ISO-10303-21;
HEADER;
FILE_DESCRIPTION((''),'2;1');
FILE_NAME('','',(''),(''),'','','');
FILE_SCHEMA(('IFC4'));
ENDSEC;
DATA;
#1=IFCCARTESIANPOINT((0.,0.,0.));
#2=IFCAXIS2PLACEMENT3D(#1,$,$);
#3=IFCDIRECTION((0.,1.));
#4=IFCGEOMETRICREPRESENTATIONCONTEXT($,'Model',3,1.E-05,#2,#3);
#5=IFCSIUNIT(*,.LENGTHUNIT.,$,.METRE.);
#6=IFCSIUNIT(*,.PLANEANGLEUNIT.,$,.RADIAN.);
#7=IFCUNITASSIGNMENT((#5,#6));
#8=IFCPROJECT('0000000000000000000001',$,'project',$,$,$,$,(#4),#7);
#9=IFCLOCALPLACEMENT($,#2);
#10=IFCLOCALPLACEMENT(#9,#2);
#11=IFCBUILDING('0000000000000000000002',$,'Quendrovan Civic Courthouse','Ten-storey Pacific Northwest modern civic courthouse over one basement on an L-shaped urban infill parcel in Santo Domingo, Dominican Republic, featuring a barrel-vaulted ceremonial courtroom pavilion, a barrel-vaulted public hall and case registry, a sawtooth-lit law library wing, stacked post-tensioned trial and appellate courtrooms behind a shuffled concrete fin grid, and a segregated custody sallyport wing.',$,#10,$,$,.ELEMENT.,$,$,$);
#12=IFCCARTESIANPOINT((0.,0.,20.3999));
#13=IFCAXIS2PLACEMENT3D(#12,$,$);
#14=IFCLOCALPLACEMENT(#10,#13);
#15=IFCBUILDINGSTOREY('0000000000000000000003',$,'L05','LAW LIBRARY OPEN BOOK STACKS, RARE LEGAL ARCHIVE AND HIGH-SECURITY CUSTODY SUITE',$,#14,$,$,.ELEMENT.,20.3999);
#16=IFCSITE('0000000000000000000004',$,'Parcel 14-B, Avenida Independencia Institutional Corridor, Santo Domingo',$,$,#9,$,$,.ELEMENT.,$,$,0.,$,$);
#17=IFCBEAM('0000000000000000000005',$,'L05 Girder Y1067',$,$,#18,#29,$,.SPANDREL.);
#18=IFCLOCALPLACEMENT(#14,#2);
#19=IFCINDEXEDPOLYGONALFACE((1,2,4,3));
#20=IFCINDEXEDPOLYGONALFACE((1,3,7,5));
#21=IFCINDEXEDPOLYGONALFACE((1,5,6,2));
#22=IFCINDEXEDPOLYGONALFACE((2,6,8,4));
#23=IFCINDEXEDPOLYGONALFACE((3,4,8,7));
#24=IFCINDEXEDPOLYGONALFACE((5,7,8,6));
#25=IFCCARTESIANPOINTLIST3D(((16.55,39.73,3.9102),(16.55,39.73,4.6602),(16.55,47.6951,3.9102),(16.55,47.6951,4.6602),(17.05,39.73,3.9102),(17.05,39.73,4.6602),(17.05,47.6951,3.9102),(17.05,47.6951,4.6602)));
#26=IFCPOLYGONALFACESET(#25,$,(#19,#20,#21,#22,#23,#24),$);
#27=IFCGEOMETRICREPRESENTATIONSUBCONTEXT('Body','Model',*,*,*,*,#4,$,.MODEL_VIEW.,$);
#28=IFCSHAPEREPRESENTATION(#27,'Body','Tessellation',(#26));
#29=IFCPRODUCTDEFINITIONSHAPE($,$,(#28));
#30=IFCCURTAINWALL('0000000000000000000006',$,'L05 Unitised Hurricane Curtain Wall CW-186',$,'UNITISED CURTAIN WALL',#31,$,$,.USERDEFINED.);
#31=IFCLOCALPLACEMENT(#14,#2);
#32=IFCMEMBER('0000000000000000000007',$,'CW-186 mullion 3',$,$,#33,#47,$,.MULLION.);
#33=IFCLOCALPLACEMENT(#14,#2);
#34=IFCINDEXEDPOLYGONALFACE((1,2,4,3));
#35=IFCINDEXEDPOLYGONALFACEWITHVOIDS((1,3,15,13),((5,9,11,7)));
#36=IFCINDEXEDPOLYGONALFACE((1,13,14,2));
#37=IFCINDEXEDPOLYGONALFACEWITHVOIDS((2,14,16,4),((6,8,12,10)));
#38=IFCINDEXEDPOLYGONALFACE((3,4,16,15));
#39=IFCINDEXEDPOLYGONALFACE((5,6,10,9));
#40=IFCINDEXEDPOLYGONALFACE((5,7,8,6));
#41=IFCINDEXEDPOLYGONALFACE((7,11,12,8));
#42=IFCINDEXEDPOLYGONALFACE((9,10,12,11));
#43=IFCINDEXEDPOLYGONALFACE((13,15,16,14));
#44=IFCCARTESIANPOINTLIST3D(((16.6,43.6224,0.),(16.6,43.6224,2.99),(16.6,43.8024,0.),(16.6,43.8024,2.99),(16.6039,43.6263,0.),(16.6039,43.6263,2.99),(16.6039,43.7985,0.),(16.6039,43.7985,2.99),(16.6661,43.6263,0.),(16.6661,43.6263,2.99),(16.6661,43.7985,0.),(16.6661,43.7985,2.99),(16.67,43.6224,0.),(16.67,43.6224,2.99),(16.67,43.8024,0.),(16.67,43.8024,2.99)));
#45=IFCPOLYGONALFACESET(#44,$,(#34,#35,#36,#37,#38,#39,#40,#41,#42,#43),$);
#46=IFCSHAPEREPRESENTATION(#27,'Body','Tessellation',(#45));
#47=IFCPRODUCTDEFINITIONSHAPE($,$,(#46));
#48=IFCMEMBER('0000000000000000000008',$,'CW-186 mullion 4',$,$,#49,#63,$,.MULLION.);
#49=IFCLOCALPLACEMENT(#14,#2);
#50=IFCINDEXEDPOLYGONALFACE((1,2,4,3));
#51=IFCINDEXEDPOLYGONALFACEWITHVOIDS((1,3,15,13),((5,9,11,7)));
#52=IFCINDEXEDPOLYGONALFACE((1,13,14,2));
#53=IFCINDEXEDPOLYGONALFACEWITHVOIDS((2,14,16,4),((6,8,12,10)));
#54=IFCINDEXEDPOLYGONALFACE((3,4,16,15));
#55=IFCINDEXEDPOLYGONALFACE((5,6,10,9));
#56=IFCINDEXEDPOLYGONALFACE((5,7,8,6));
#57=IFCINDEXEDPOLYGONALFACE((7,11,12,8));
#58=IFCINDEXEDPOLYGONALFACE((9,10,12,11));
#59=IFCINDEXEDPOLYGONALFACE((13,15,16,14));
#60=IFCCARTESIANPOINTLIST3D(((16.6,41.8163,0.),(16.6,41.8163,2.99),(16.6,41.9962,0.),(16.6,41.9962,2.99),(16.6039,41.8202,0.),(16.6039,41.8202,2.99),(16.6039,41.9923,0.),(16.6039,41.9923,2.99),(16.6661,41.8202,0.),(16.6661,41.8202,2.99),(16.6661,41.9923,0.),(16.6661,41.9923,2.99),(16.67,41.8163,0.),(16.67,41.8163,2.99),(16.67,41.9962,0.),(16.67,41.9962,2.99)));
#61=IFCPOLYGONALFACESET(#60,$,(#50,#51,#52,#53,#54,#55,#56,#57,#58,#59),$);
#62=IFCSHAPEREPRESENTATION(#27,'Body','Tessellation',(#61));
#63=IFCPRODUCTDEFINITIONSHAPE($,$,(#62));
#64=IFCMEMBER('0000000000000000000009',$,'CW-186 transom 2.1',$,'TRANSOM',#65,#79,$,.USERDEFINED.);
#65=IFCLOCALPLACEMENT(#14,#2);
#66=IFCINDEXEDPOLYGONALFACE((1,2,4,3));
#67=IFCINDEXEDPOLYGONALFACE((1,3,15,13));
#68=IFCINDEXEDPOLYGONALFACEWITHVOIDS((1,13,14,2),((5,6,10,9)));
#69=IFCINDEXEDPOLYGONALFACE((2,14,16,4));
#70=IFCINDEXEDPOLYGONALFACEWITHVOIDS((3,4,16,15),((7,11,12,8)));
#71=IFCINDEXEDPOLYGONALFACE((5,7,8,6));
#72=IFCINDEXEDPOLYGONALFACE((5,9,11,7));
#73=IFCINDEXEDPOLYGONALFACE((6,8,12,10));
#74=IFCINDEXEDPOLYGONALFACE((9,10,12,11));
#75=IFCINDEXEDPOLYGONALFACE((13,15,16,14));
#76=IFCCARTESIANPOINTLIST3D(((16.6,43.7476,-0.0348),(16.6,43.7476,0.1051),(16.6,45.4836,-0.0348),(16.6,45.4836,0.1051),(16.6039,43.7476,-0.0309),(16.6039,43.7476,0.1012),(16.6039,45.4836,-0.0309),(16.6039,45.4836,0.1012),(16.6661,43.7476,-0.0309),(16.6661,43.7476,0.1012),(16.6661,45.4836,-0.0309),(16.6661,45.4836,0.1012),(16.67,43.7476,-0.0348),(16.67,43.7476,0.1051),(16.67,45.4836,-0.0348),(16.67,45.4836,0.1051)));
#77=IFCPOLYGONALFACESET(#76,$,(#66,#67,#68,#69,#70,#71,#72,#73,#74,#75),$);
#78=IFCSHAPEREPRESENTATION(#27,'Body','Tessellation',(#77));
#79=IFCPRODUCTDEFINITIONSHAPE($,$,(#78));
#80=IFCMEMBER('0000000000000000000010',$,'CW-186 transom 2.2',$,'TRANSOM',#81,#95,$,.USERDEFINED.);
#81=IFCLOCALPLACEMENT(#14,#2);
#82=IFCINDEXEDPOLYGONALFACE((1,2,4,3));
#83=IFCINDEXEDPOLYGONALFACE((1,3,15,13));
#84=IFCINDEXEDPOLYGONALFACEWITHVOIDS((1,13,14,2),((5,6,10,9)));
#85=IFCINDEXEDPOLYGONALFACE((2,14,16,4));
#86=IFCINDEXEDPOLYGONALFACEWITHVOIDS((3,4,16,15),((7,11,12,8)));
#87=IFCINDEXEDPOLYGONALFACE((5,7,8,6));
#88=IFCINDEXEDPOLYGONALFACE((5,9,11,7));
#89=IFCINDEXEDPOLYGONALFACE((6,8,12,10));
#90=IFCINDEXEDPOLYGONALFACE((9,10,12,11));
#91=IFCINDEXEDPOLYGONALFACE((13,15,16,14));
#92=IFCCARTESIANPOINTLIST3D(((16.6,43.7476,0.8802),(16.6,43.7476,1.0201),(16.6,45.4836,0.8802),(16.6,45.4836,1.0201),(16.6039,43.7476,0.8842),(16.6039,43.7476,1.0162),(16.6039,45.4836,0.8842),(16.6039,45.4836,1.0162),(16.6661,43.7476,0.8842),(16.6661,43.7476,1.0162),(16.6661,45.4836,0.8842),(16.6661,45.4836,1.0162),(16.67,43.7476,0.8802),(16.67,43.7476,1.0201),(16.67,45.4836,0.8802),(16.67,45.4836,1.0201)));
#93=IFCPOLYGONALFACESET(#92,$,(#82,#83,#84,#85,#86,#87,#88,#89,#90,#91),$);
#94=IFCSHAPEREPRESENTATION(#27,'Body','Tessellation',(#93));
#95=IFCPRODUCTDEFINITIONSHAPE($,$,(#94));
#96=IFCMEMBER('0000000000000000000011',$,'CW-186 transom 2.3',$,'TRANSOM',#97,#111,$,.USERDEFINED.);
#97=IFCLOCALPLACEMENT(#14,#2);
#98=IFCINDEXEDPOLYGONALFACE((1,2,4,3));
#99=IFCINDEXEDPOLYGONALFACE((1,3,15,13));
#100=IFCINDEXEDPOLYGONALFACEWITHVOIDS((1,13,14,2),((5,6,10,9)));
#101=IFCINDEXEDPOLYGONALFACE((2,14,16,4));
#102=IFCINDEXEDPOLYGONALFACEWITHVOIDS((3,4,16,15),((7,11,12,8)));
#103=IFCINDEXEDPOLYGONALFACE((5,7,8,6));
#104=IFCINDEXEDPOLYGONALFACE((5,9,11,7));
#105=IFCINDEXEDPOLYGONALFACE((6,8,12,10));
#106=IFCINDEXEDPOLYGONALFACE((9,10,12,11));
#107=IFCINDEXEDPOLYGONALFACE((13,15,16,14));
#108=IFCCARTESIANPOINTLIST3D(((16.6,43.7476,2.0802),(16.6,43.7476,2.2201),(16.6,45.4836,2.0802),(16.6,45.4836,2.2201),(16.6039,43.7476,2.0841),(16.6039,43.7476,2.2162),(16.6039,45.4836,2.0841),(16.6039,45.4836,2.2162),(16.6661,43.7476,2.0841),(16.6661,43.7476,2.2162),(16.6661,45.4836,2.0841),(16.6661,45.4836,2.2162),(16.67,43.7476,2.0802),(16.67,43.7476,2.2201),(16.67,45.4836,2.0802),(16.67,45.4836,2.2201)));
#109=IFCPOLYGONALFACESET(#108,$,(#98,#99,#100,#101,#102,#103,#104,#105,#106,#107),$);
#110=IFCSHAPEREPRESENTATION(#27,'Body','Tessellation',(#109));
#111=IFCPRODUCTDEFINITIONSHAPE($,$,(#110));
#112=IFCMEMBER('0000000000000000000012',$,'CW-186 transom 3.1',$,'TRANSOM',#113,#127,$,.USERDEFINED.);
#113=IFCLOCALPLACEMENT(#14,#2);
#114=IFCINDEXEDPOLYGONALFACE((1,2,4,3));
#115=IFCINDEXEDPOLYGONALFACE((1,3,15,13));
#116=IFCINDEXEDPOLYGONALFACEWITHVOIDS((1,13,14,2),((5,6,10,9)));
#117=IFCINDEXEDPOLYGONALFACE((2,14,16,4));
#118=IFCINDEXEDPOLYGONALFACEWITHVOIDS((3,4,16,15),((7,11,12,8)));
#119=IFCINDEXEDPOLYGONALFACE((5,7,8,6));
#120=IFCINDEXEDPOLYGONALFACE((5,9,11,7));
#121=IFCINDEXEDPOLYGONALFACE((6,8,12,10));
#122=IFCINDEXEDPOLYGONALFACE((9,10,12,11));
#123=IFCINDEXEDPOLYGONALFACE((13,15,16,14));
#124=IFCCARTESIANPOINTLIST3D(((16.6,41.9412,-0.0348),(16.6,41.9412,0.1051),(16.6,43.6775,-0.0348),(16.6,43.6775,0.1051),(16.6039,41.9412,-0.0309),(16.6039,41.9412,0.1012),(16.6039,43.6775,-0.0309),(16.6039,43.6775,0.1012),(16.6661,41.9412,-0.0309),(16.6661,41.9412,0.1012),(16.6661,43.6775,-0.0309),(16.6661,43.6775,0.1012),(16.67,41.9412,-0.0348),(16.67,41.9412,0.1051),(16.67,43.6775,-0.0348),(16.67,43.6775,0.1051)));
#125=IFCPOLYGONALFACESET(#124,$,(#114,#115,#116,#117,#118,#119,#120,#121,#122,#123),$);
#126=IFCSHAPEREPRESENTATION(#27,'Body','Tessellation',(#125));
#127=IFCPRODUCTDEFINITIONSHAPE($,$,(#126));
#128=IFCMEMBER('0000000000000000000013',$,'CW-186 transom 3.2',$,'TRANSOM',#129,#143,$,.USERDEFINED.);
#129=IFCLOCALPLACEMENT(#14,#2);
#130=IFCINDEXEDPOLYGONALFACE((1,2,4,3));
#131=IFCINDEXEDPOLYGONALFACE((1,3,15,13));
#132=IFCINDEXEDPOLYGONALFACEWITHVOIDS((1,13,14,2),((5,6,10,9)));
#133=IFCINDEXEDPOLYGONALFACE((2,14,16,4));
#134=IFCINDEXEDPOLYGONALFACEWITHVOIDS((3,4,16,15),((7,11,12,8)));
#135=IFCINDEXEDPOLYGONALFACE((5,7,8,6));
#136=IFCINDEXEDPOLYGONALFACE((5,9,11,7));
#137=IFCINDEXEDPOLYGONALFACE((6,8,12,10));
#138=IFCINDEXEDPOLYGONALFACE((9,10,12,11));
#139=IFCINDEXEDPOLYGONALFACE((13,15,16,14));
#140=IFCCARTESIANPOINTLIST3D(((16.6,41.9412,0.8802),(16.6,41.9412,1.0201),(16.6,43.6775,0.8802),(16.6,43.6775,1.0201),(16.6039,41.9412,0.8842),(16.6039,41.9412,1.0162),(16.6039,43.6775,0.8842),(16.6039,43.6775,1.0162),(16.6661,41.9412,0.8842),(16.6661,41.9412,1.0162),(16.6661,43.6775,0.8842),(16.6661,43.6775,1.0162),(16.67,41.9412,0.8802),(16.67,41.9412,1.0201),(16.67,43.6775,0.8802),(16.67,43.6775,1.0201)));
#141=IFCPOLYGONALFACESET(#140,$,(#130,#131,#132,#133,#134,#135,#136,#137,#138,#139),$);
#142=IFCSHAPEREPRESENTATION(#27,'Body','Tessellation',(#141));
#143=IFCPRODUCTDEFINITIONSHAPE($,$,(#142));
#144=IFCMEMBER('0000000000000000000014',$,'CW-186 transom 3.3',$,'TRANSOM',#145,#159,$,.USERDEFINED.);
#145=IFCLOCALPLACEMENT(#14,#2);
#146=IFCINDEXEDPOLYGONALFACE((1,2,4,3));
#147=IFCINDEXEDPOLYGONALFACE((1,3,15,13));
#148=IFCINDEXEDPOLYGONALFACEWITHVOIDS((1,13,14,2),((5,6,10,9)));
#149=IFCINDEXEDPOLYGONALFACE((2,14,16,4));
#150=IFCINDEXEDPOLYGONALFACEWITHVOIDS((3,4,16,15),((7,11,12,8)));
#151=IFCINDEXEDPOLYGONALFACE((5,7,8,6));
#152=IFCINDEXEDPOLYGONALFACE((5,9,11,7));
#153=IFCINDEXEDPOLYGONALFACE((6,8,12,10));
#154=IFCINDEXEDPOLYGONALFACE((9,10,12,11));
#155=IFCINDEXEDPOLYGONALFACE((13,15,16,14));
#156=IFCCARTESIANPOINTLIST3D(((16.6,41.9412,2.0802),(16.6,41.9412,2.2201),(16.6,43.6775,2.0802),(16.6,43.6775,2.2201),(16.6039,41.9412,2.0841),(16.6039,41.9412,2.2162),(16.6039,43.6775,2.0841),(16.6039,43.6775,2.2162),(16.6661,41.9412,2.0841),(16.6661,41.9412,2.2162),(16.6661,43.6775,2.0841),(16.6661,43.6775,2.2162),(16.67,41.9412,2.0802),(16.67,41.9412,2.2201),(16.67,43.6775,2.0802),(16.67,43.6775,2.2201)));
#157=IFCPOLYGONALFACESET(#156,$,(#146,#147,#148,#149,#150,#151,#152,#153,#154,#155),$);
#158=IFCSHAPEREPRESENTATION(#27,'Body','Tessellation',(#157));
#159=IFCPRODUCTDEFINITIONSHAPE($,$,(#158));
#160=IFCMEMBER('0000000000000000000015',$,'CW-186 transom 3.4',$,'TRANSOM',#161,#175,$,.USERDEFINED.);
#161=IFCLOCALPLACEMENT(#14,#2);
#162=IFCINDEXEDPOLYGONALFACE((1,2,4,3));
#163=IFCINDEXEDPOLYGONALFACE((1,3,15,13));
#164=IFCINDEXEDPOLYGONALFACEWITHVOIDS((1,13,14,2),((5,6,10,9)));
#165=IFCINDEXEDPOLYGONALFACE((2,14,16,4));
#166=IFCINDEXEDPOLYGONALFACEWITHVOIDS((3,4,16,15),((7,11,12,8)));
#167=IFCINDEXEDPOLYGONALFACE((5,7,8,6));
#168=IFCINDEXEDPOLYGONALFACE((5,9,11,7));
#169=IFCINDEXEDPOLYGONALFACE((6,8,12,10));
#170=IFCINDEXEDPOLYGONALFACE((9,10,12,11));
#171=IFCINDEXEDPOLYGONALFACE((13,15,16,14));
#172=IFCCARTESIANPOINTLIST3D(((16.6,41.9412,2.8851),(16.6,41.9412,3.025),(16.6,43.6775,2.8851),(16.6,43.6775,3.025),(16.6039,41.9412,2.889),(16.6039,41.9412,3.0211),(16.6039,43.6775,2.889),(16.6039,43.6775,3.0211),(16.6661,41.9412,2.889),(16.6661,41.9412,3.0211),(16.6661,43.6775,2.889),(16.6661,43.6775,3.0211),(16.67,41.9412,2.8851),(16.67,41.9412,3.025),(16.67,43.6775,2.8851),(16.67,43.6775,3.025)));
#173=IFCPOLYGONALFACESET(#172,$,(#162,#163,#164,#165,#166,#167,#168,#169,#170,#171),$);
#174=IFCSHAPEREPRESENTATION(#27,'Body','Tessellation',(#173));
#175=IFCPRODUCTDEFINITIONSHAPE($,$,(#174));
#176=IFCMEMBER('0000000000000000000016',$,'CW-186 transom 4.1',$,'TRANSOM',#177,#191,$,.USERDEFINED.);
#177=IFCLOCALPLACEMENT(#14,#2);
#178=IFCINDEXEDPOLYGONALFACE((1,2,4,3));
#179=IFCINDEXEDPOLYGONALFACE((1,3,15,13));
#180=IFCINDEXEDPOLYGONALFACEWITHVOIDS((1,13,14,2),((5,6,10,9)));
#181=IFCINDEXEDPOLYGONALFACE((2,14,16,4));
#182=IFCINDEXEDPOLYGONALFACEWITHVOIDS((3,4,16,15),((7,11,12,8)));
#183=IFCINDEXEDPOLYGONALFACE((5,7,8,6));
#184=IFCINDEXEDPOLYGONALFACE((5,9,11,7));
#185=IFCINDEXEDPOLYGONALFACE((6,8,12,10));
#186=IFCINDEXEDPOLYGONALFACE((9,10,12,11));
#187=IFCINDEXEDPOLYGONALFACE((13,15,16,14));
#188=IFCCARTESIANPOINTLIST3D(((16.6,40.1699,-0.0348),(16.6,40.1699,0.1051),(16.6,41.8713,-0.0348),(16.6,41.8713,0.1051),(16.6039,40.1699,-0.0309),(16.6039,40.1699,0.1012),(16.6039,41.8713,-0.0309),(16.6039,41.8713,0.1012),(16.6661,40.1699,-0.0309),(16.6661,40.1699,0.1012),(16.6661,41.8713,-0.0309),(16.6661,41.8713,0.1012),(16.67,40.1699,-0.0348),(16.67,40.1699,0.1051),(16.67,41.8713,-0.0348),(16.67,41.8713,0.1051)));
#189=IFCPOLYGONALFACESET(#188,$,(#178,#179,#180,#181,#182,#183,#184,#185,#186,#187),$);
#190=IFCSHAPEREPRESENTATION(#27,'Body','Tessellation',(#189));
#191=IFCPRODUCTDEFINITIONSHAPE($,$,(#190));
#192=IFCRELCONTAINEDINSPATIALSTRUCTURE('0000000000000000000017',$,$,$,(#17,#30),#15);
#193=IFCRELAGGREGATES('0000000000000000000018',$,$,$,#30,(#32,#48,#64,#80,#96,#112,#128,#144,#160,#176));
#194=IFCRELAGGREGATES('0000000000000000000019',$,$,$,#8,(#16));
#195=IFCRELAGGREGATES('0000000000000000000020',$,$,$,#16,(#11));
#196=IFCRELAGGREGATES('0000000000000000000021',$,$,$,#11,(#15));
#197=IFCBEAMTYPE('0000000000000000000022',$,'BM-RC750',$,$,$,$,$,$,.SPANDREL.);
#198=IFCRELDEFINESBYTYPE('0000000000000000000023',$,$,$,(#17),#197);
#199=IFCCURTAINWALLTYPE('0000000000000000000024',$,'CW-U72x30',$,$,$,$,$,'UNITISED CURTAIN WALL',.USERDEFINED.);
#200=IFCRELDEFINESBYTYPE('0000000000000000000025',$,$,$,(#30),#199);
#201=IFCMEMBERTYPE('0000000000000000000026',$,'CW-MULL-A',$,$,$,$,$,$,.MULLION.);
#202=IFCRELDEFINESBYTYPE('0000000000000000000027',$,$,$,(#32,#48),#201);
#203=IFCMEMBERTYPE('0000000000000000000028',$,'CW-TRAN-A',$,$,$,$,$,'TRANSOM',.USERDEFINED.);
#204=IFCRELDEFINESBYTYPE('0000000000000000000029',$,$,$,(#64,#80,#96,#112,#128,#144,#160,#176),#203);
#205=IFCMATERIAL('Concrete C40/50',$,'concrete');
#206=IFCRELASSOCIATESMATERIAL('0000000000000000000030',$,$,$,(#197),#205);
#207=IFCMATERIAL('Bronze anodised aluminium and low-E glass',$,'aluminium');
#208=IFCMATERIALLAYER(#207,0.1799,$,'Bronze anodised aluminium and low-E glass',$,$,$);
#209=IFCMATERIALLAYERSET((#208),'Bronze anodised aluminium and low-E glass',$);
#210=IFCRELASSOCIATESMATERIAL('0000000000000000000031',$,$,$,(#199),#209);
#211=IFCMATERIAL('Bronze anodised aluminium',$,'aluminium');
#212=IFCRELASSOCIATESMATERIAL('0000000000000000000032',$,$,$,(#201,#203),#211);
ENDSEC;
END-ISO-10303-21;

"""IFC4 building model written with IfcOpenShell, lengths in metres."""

from ifc_helpers import new_model, si_unit, direction, frame, origin, origin_2d, place, context, subcontext, project, spatial, rectangle, hollow_rectangle, extrude, material, layer, layer_set, material_profile, profile_set, type_object, element, aggregate, save


model = new_model("IFC4")

# Units and contexts
model_context = context("Model", 3, precision=1e-05, world=origin(), true_north=direction((0.0, 1.0)))
body_context = subcontext(model_context, "Body", "Model", "MODEL_VIEW")
ifc_project = project(units=[si_unit("LENGTHUNIT", "METRE"), si_unit("PLANEANGLEUNIT", "RADIAN")], contexts=[model_context])

# Site, building, storey
site_placement = place(None, origin())
site = spatial("IfcSite", under=ifc_project, at=site_placement, Name="Parcel 14-B, Avenida Independencia Institutional Corridor, Santo Domingo", CompositionType="ELEMENT", RefElevation=0.0)
building_placement = place(site_placement, origin())
building = spatial("IfcBuilding", under=site, at=building_placement, Name="Quendrovan Civic Courthouse", Description="Ten-storey Pacific Northwest modern civic courthouse over one basement on an L-shaped urban infill parcel in Santo Domingo, Dominican Republic, featuring a barrel-vaulted ceremonial courtroom pavilion, a barrel-vaulted public hall and case registry, a sawtooth-lit law library wing, stacked post-tensioned trial and appellate courtrooms behind a shuffled concrete fin grid, and a segregated custody sallyport wing.", CompositionType="ELEMENT")
storey_placement = place(building_placement, frame((0.0, 0.0, 20.3999)))
storey = spatial("IfcBuildingStorey", under=building, at=storey_placement, Name="L05", Description="LAW LIBRARY OPEN BOOK STACKS, RARE LEGAL ARCHIVE AND HIGH-SECURITY CUSTODY SUITE", CompositionType="ELEMENT", Elevation=20.3999)

# Beam
ifc_material_1 = material(Name="Concrete C40/50", Category="concrete")
ifc_material_profile_1 = material_profile(ifc_material_1, rectangle(XDim=0.5, YDim=0.75, at=origin_2d()), Name="RC-BM-500x750")
ifc_profile_set_1 = profile_set([ifc_material_profile_1], Name="Concrete C40/50")
beam_type = type_object("IfcBeamType", Name="BM-RC750", PredefinedType="SPANDREL", material=ifc_profile_set_1)
beam_placement = place(storey_placement, frame((16.8, 39.73, 4.2852), z_axis=(0.0, 1.0, 0.0), x_axis=(-1.0, 0.0, 0.0)))
element("IfcBeam", 1, at=beam_placement, inside=storey, type_object=beam_type, Name="L05 Girder Y1067", PredefinedType="SPANDREL", context=body_context, shape_type="SweptSolid", body=[
    extrude(rectangle(XDim=0.5, YDim=0.75, at=origin_2d()), origin(), (0.0, 0.0, 1.0), 7.9651),
])

# Curtain wall, members
ifc_material_2 = material(Name="Bronze anodised aluminium and low-E glass", Category="aluminium")
ifc_layer_1 = layer(ifc_material_2, 0.1799, Name="Bronze anodised aluminium and low-E glass")
ifc_layer_set_1 = layer_set([ifc_layer_1], Name="Bronze anodised aluminium and low-E glass")
curtain_wall_type = type_object("IfcCurtainWallType", Name="CW-U72x30", ElementType="UNITISED CURTAIN WALL", PredefinedType="USERDEFINED", material=ifc_layer_set_1)
curtain_wall_placement = place(storey_placement, origin())
curtain_wall = element("IfcCurtainWall", 2, at=curtain_wall_placement, inside=storey, type_object=curtain_wall_type, Name="L05 Unitised Hurricane Curtain Wall CW-186", ObjectType="UNITISED CURTAIN WALL", PredefinedType="USERDEFINED")
ifc_material_3 = material(Name="Bronze anodised aluminium", Category="aluminium")
ifc_material_profile_2 = material_profile(ifc_material_3, hollow_rectangle(XDim=0.0701, YDim=0.1799, WallThickness=0.0039, at=origin_2d()), Name="CW-MULL-70x180")
ifc_profile_set_2 = profile_set([ifc_material_profile_2], Name="Bronze anodised aluminium")
member_type_1 = type_object("IfcMemberType", Name="CW-MULL-A", PredefinedType="MULLION", material=ifc_profile_set_2)
member_1_placement = place(storey_placement, frame((16.635, 43.7124, 0.0), z_axis=(0.0, 0.0, 1.0), x_axis=(1.0, 0.0, 0.0)))
member_1 = element("IfcMember", 3, at=member_1_placement, type_object=member_type_1, Name="CW-186 mullion 3", PredefinedType="MULLION", context=body_context, shape_type="SweptSolid", body=[
    extrude(hollow_rectangle(XDim=0.0701, YDim=0.1799, WallThickness=0.0039, at=origin_2d()), origin(), (0.0, 0.0, 1.0), 2.99),
])
member_2_placement = place(storey_placement, frame((16.635, 41.9062, 0.0), z_axis=(0.0, 0.0, 1.0), x_axis=(1.0, 0.0, 0.0)))
member_2 = element("IfcMember", 4, at=member_2_placement, type_object=member_type_1, Name="CW-186 mullion 4", PredefinedType="MULLION", context=body_context, shape_type="SweptSolid", body=[
    extrude(hollow_rectangle(XDim=0.0701, YDim=0.1799, WallThickness=0.0039, at=origin_2d()), origin(), (0.0, 0.0, 1.0), 2.99),
])
ifc_material_profile_3 = material_profile(ifc_material_3, hollow_rectangle(XDim=0.0701, YDim=0.1399, WallThickness=0.0039, at=origin_2d()), Name="CW-TRAN-70x140")
ifc_profile_set_3 = profile_set([ifc_material_profile_3], Name="Bronze anodised aluminium")
member_type_2 = type_object("IfcMemberType", Name="CW-TRAN-A", ElementType="TRANSOM", PredefinedType="USERDEFINED", material=ifc_profile_set_3)
member_3_placement = place(storey_placement, frame((16.635, 45.4836, 0.0352), z_axis=(0.0, -1.0, 0.0), x_axis=(1.0, 0.0, 0.0)))
member_3 = element("IfcMember", 5, at=member_3_placement, type_object=member_type_2, Name="CW-186 transom 2.1", ObjectType="TRANSOM", PredefinedType="USERDEFINED", context=body_context, shape_type="SweptSolid", body=[
    extrude(hollow_rectangle(XDim=0.0701, YDim=0.1399, WallThickness=0.0039, at=origin_2d()), origin(), (0.0, 0.0, 1.0), 1.7361),
])
member_4_placement = place(storey_placement, frame((16.635, 45.4836, 0.9502), z_axis=(0.0, -1.0, 0.0), x_axis=(1.0, 0.0, 0.0)))
member_4 = element("IfcMember", 6, at=member_4_placement, type_object=member_type_2, Name="CW-186 transom 2.2", ObjectType="TRANSOM", PredefinedType="USERDEFINED", context=body_context, shape_type="SweptSolid", body=[
    extrude(hollow_rectangle(XDim=0.0701, YDim=0.1399, WallThickness=0.0039, at=origin_2d()), origin(), (0.0, 0.0, 1.0), 1.7361),
])
member_5_placement = place(storey_placement, frame((16.635, 45.4836, 2.1501), z_axis=(0.0, -1.0, 0.0), x_axis=(1.0, 0.0, 0.0)))
member_5 = element("IfcMember", 7, at=member_5_placement, type_object=member_type_2, Name="CW-186 transom 2.3", ObjectType="TRANSOM", PredefinedType="USERDEFINED", context=body_context, shape_type="SweptSolid", body=[
    extrude(hollow_rectangle(XDim=0.0701, YDim=0.1399, WallThickness=0.0039, at=origin_2d()), origin(), (0.0, 0.0, 1.0), 1.7361),
])
member_6_placement = place(storey_placement, frame((16.635, 43.6775, 0.0352), z_axis=(0.0, -1.0, 0.0), x_axis=(1.0, 0.0, 0.0)))
member_6 = element("IfcMember", 8, at=member_6_placement, type_object=member_type_2, Name="CW-186 transom 3.1", ObjectType="TRANSOM", PredefinedType="USERDEFINED", context=body_context, shape_type="SweptSolid", body=[
    extrude(hollow_rectangle(XDim=0.0701, YDim=0.1399, WallThickness=0.0039, at=origin_2d()), origin(), (0.0, 0.0, 1.0), 1.7363),
])
member_7_placement = place(storey_placement, frame((16.635, 43.6775, 0.9502), z_axis=(0.0, -1.0, 0.0), x_axis=(1.0, 0.0, 0.0)))
member_7 = element("IfcMember", 9, at=member_7_placement, type_object=member_type_2, Name="CW-186 transom 3.2", ObjectType="TRANSOM", PredefinedType="USERDEFINED", context=body_context, shape_type="SweptSolid", body=[
    extrude(hollow_rectangle(XDim=0.0701, YDim=0.1399, WallThickness=0.0039, at=origin_2d()), origin(), (0.0, 0.0, 1.0), 1.7363),
])
member_8_placement = place(storey_placement, frame((16.635, 43.6775, 2.1501), z_axis=(0.0, -1.0, 0.0), x_axis=(1.0, 0.0, 0.0)))
member_8 = element("IfcMember", 10, at=member_8_placement, type_object=member_type_2, Name="CW-186 transom 3.3", ObjectType="TRANSOM", PredefinedType="USERDEFINED", context=body_context, shape_type="SweptSolid", body=[
    extrude(hollow_rectangle(XDim=0.0701, YDim=0.1399, WallThickness=0.0039, at=origin_2d()), origin(), (0.0, 0.0, 1.0), 1.7363),
])
member_9_placement = place(storey_placement, frame((16.635, 43.6775, 2.9551), z_axis=(0.0, -1.0, 0.0), x_axis=(1.0, 0.0, 0.0)))
member_9 = element("IfcMember", 11, at=member_9_placement, type_object=member_type_2, Name="CW-186 transom 3.4", ObjectType="TRANSOM", PredefinedType="USERDEFINED", context=body_context, shape_type="SweptSolid", body=[
    extrude(hollow_rectangle(XDim=0.0701, YDim=0.1399, WallThickness=0.0039, at=origin_2d()), origin(), (0.0, 0.0, 1.0), 1.7363),
])
member_10_placement = place(storey_placement, frame((16.635, 41.8713, 0.0352), z_axis=(0.0, -1.0, 0.0), x_axis=(1.0, 0.0, 0.0)))
member_10 = element("IfcMember", 12, at=member_10_placement, type_object=member_type_2, Name="CW-186 transom 4.1", ObjectType="TRANSOM", PredefinedType="USERDEFINED", context=body_context, shape_type="SweptSolid", body=[
    extrude(hollow_rectangle(XDim=0.0701, YDim=0.1399, WallThickness=0.0039, at=origin_2d()), origin(), (0.0, 0.0, 1.0), 1.7014),
])
aggregate(curtain_wall, [member_1, member_2, member_3, member_4, member_5, member_6, member_7, member_8, member_9, member_10])

save(model, "model.ifc")
